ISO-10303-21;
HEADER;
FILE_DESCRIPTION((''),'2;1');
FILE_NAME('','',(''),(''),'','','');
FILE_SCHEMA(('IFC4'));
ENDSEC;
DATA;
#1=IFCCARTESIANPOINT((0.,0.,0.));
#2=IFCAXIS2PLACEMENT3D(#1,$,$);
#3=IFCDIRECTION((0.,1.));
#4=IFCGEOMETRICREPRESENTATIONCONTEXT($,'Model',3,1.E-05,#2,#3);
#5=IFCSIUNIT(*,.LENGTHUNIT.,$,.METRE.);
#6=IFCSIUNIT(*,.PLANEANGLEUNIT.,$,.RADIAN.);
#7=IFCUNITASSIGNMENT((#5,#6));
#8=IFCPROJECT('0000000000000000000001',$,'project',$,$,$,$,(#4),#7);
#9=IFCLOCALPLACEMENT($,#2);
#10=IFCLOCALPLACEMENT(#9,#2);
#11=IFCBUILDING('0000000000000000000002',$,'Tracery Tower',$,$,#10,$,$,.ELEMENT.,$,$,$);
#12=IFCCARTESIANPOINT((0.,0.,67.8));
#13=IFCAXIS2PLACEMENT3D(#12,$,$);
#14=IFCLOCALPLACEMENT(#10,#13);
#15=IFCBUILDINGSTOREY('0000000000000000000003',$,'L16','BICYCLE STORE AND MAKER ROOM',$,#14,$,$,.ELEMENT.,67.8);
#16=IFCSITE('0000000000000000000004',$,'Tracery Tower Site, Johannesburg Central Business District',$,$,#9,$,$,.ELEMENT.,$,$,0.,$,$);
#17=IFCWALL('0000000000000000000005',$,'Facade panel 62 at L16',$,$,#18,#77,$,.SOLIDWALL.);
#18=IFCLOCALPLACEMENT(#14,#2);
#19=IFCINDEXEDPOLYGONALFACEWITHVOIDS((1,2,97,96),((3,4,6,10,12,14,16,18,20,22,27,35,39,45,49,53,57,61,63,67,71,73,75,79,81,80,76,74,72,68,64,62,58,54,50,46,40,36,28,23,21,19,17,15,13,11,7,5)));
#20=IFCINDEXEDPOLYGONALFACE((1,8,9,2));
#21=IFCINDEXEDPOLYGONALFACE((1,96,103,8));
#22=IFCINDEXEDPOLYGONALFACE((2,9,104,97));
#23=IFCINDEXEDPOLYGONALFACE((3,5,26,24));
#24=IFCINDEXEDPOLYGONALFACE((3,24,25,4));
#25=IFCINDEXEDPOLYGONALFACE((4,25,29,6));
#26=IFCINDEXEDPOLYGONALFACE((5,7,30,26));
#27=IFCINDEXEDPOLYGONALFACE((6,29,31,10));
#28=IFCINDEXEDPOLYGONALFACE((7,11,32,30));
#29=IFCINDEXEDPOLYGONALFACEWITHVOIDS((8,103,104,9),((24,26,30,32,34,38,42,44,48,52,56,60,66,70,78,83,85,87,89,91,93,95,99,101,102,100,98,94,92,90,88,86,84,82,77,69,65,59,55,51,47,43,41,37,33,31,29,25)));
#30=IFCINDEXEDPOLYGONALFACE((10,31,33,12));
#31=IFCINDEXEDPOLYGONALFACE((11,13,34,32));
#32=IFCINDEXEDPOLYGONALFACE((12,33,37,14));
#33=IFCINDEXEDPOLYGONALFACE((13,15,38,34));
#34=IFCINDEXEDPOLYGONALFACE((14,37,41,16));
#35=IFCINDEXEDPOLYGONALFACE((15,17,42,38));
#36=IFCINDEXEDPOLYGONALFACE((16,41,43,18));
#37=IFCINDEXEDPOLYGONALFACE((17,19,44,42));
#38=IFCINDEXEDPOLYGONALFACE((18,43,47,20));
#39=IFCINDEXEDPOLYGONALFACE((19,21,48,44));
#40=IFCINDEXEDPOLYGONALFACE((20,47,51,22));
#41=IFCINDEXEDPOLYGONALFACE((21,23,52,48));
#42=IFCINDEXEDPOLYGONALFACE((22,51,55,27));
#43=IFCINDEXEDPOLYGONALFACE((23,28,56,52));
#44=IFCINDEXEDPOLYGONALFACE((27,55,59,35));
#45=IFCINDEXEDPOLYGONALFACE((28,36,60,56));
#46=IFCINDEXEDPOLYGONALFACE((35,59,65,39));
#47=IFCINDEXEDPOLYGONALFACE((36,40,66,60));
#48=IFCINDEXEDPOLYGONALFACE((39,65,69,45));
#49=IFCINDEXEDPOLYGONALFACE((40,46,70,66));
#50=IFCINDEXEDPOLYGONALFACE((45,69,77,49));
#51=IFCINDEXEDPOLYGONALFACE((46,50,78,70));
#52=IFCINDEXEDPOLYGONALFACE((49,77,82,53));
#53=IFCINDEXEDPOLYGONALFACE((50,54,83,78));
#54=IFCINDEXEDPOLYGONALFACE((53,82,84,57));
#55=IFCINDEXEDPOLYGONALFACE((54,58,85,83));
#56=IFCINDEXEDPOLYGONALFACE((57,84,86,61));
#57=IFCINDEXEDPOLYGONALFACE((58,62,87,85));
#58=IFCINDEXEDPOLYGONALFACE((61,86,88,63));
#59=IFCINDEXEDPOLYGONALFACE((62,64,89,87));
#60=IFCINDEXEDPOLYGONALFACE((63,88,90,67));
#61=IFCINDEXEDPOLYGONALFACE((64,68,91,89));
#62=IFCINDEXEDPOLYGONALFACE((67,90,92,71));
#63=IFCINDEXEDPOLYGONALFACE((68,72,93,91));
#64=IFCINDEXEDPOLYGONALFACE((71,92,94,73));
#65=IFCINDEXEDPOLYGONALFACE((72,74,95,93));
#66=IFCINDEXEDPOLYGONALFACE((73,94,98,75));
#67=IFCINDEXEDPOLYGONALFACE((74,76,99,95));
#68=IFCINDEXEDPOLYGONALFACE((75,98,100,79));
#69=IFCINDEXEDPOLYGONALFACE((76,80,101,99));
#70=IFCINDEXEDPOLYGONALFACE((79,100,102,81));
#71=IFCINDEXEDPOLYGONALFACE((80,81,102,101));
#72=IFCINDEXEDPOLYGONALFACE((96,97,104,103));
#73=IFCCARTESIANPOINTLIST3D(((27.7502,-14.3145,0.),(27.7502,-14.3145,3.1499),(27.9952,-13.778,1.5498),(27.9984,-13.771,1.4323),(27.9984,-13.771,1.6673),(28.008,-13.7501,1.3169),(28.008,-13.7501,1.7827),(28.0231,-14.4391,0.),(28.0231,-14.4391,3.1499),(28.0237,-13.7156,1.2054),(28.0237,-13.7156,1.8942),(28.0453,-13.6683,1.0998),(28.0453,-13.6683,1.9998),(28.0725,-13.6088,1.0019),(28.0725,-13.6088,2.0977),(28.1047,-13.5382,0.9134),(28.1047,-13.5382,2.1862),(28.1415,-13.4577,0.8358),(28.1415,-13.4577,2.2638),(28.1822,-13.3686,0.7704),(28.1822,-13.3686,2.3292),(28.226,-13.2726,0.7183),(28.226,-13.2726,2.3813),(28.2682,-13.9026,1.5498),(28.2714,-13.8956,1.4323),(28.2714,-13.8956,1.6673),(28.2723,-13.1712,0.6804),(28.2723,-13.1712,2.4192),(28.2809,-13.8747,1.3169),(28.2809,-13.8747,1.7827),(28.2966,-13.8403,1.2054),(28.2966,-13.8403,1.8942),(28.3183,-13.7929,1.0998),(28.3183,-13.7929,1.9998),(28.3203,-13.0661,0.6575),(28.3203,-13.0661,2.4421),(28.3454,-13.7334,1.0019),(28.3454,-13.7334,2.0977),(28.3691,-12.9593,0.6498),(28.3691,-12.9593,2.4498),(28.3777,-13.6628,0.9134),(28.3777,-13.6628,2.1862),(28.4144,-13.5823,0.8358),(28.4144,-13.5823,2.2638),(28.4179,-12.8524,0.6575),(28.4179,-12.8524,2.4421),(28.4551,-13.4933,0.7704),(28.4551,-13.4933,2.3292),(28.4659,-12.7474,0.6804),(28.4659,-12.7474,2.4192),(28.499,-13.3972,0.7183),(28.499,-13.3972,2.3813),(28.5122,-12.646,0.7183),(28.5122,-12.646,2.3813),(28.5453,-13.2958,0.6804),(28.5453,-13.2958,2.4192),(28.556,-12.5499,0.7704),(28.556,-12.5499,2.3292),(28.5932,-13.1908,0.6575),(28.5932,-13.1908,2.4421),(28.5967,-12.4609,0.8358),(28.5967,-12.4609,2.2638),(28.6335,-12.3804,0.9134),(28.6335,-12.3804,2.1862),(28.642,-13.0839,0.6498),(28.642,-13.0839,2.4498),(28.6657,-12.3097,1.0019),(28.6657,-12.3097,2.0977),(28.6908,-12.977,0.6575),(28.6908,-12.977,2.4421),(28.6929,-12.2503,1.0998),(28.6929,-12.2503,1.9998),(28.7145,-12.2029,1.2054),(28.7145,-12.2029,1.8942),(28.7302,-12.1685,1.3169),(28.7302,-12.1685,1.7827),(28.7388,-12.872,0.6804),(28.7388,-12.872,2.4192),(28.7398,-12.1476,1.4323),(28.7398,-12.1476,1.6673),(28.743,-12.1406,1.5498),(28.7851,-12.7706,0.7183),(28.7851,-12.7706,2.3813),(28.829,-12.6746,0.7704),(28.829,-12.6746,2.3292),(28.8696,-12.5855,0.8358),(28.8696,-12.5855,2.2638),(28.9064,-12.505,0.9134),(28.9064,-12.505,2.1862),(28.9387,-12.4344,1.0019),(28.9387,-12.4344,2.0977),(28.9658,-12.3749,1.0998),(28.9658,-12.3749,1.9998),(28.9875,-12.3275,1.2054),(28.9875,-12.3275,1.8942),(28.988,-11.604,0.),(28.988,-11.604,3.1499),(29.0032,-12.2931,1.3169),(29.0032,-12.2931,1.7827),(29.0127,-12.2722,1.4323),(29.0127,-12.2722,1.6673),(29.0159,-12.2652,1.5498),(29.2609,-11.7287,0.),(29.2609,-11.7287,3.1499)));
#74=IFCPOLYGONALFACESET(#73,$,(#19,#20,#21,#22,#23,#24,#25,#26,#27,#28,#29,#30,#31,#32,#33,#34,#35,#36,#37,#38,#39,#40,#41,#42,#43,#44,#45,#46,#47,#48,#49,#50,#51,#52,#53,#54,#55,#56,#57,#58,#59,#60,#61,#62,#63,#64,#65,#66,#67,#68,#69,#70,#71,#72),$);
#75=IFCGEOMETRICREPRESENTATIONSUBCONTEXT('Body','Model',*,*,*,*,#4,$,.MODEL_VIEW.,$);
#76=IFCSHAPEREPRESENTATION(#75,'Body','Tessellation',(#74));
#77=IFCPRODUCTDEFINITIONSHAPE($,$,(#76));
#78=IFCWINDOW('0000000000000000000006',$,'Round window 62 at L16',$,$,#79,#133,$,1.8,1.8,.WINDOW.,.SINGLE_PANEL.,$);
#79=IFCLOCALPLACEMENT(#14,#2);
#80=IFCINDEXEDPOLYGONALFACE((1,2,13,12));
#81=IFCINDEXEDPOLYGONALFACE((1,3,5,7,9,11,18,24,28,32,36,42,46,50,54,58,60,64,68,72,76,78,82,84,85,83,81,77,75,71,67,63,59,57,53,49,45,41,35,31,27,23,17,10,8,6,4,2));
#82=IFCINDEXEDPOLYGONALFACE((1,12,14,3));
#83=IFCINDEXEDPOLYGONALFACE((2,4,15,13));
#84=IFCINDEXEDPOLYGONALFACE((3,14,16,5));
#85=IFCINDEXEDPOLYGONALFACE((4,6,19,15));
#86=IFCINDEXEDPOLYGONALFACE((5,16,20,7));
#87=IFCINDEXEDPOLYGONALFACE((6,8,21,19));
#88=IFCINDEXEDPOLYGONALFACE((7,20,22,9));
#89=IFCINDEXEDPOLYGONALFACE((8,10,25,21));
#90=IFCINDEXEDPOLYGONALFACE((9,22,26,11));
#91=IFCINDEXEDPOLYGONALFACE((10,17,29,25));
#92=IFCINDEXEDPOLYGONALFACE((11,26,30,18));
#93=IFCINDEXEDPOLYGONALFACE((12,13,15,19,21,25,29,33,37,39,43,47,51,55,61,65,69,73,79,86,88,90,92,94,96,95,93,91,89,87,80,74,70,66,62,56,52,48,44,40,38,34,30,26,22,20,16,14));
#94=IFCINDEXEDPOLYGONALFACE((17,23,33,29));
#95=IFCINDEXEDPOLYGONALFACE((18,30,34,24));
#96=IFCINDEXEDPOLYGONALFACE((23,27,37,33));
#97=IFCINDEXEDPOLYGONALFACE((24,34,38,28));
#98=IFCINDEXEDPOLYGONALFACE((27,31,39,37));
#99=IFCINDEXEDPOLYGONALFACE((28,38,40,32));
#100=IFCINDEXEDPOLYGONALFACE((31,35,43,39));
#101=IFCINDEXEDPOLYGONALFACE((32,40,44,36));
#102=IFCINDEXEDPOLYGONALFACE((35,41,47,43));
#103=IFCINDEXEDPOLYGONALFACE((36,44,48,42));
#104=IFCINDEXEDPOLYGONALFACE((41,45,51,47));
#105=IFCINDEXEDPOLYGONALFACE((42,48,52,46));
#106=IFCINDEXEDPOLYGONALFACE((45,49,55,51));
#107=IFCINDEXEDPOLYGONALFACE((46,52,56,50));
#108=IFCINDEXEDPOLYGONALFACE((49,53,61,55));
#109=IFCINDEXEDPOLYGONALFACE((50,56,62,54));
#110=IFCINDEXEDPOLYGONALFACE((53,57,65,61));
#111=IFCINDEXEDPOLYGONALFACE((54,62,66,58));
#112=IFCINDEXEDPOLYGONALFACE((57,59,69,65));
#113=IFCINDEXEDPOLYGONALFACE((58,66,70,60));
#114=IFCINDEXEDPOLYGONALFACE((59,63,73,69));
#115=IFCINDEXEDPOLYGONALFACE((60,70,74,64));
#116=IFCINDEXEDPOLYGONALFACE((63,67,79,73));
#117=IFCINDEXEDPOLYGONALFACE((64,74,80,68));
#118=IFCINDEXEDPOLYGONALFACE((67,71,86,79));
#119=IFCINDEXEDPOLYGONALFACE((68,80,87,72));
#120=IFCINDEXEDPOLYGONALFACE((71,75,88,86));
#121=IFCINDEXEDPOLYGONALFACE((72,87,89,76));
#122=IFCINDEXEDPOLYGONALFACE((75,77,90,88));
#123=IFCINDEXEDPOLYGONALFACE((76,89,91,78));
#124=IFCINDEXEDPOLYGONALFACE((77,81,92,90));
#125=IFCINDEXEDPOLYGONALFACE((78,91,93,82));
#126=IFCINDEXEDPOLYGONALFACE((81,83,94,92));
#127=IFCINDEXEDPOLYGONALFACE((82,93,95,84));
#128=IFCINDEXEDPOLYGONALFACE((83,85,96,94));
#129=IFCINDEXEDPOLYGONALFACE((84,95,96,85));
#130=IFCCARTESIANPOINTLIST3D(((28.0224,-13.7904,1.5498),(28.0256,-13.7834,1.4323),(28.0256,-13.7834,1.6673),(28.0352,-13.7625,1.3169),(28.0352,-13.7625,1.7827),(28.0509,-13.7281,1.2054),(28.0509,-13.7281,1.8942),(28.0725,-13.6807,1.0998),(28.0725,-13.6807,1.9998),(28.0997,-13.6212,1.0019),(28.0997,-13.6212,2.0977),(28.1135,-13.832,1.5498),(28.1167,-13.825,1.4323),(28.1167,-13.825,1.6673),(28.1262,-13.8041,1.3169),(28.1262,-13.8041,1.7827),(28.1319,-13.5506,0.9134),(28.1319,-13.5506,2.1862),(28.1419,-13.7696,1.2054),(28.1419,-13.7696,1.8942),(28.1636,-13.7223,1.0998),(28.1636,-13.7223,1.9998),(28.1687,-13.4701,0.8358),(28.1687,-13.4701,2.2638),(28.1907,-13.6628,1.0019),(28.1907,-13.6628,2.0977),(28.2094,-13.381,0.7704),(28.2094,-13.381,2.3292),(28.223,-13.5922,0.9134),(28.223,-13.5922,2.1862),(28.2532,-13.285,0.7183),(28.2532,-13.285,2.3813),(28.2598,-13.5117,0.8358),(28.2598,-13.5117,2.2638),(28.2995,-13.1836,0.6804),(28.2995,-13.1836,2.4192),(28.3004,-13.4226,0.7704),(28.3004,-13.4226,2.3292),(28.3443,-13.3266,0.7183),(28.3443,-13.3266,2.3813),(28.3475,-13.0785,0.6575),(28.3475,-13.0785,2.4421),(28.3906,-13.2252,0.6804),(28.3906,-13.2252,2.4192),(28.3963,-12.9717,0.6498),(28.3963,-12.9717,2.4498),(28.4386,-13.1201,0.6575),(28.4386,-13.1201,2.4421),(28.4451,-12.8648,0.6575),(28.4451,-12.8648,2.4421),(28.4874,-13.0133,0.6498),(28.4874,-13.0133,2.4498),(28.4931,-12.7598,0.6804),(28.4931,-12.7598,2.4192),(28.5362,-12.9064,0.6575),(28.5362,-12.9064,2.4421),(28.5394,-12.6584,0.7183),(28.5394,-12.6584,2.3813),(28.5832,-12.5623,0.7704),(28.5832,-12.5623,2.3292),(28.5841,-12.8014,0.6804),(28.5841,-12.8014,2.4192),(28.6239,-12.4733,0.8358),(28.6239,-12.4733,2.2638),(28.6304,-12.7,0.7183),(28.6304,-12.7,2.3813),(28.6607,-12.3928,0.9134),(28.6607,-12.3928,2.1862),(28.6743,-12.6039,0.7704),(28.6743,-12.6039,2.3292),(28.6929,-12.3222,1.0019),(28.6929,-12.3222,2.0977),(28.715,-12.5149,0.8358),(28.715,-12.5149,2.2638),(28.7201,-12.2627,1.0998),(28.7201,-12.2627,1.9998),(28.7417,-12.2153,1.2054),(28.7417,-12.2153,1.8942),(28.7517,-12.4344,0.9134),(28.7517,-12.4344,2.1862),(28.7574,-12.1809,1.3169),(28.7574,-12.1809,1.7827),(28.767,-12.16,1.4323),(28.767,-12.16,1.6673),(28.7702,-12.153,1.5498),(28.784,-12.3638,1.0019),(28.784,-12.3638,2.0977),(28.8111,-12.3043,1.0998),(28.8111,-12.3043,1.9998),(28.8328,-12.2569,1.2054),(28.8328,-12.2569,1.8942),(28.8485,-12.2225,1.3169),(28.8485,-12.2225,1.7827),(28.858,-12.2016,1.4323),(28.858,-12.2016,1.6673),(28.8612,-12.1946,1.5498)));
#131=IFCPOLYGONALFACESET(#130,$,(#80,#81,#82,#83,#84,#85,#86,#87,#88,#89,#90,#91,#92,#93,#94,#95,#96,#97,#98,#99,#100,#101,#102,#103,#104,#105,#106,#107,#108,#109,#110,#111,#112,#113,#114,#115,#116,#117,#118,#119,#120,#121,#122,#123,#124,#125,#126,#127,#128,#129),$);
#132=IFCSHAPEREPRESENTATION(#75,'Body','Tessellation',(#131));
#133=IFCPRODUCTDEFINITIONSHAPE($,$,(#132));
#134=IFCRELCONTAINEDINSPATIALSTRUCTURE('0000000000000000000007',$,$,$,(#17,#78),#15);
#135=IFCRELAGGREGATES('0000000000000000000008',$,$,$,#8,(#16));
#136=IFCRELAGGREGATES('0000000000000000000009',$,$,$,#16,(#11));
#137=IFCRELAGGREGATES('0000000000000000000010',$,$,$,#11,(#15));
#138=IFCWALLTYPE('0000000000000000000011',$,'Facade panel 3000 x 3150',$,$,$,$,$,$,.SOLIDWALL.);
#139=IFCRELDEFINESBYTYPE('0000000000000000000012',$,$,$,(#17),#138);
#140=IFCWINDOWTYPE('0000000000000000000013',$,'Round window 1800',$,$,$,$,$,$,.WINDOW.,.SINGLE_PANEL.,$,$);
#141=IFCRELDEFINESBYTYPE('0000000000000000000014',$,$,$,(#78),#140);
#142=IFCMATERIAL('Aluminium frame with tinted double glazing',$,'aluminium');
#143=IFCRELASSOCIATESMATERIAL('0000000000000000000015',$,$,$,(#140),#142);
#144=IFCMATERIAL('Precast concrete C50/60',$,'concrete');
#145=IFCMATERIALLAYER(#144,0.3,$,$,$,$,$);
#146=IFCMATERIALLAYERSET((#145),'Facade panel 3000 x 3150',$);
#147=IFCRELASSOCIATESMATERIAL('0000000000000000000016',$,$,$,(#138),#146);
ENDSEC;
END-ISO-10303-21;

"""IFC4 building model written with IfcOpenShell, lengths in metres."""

from ifc_helpers import new_model, si_unit, direction, frame, frame_2d, origin, origin_2d, place, context, subcontext, project, spatial, rectangle, circle, extrude, material, layer, layer_set, type_object, element, fill, save


model = new_model("IFC4")

# Units and contexts
model_context = context("Model", 3, precision=1e-05, world=origin(), true_north=direction((0.0, 1.0)))
body_context = subcontext(model_context, "Body", "Model", "MODEL_VIEW")
ifc_project = project(units=[si_unit("LENGTHUNIT", "METRE"), si_unit("PLANEANGLEUNIT", "RADIAN")], contexts=[model_context])

# Site, building, storey
site_placement = place(None, origin())
site = spatial("IfcSite", under=ifc_project, at=site_placement, Name="Tracery Tower Site, Johannesburg Central Business District", CompositionType="ELEMENT", RefElevation=0.0)
building_placement = place(site_placement, origin())
building = spatial("IfcBuilding", under=site, at=building_placement, Name="Tracery Tower", CompositionType="ELEMENT")
storey_placement = place(building_placement, frame((0.0, 0.0, 67.8)))
storey = spatial("IfcBuildingStorey", under=building, at=storey_placement, Name="L16", Description="BICYCLE STORE AND MAKER ROOM", CompositionType="ELEMENT", Elevation=67.8)

# Wall, opening, window
ifc_material_1 = material(Name="Aluminium frame with tinted double glazing", Category="aluminium")
window_type = type_object("IfcWindowType", Name="Round window 1800", PartitioningType="SINGLE_PANEL", PredefinedType="WINDOW", material=ifc_material_1)
ifc_material_2 = material(Name="Precast concrete C50/60", Category="concrete")
ifc_layer_1 = layer(ifc_material_2, 0.3)
ifc_layer_set_1 = layer_set([ifc_layer_1], Name="Facade panel 3000 x 3150")
wall_type_1 = type_object("IfcWallType", Name="Facade panel 3000 x 3150", PredefinedType="SOLIDWALL", material=ifc_layer_set_1)
wall_1_placement = place(storey_placement, frame((27.8867, -14.3767, 0.0), z_axis=(0.0, 0.0, 1.0), x_axis=(0.415407, 0.909636, 0.0)))
wall_1 = element("IfcWall", 1, at=wall_1_placement, inside=storey, type_object=wall_type_1, Name="Facade panel 62 at L16", PredefinedType="SOLIDWALL", context=body_context, shape_type="SweptSolid", body=[
    extrude(rectangle(XDim=2.9797, YDim=0.3, at=frame_2d((1.4897, 0.0))), origin(), (0.0, 0.0, 1.0), 3.1499),
])
opening_1_placement = place(wall_1_placement, frame((1.4897, 0.0, 1.5498)))
opening_1 = element("IfcOpeningElement", 2, at=opening_1_placement, cuts=wall_1, PredefinedType="OPENING", context=body_context, shape_type="SweptSolid", body=[
    extrude(circle(Radius=0.9, at=origin_2d()), frame((0.0, 0.1599, 0.0), z_axis=(0.0, -1.0, 0.0), x_axis=(1.0, 0.0, 0.0)), (0.0, 0.0, 1.0), 0.3201),
])
window_1_placement = place(opening_1_placement, origin())
window_1 = element("IfcWindow", 3, at=window_1_placement, inside=storey, type_object=window_type, Name="Round window 62 at L16", OverallHeight=1.8, OverallWidth=1.8, PartitioningType="SINGLE_PANEL", PredefinedType="WINDOW", context=body_context, shape_type="SweptSolid", body=[
    extrude(circle(Radius=0.9, at=origin_2d()), frame((0.0, 0.1201, 0.0), z_axis=(0.0, -1.0, 0.0), x_axis=(1.0, 0.0, 0.0)), (0.0, 0.0, 1.0), 0.1001),
])
fill(opening_1, window_1)

save(model, "model.ifc")
